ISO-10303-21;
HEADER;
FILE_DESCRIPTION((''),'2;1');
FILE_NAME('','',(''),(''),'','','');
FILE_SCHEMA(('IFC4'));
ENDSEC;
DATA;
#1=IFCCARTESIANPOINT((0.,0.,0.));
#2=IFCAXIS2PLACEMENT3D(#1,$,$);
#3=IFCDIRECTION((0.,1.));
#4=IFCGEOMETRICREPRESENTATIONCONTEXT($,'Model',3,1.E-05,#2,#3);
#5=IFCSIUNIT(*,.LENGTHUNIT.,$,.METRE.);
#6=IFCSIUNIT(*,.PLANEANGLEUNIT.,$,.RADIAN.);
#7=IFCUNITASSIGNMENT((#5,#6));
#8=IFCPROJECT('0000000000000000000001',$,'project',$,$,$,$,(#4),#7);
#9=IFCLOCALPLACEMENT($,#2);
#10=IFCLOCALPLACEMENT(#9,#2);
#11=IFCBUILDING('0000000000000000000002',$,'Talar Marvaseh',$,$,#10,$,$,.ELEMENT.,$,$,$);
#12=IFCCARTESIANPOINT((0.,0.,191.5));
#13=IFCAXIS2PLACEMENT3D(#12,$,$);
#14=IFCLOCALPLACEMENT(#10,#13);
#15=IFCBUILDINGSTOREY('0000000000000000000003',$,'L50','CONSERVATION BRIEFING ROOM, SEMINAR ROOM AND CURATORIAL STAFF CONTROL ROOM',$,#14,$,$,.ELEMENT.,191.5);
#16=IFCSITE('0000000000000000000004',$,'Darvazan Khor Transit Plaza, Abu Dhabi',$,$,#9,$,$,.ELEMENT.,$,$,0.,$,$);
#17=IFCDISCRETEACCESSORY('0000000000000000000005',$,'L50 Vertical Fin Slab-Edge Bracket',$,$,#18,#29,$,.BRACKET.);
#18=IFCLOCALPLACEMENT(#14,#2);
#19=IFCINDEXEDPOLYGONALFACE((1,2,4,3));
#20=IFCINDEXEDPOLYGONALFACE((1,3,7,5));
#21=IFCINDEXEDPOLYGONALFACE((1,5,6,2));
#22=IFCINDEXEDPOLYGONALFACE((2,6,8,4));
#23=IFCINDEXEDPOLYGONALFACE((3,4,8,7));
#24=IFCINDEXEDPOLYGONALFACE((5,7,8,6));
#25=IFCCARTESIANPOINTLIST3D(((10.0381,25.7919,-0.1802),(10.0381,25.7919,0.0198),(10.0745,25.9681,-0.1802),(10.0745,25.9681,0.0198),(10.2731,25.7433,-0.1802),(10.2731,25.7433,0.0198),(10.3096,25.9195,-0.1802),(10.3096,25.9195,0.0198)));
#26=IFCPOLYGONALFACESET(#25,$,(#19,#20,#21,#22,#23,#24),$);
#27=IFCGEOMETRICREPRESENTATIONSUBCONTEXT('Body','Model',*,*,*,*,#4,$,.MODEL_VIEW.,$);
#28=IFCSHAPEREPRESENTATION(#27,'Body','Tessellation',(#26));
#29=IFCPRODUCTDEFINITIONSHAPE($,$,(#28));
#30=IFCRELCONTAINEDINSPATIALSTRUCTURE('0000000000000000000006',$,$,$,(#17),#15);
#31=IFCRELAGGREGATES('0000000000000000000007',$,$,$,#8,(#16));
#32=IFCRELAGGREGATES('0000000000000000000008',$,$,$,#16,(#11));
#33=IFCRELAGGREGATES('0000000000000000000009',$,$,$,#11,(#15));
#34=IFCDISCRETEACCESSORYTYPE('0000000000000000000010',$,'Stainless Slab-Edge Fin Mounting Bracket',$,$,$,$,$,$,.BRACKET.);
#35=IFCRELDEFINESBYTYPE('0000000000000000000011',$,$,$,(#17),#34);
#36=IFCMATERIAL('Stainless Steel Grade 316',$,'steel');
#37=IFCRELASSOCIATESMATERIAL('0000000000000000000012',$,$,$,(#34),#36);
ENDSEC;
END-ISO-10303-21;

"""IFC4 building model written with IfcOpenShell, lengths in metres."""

from ifc_helpers import new_model, si_unit, direction, frame, origin, origin_2d, place, context, subcontext, project, spatial, rectangle, extrude, source, transform, mapped, material, type_object, type_shapes, element, save


model = new_model("IFC4")

# Units and contexts
model_context = context("Model", 3, precision=1e-05, world=origin(), true_north=direction((0.0, 1.0)))
body_context = subcontext(model_context, "Body", "Model", "MODEL_VIEW")
ifc_project = project(units=[si_unit("LENGTHUNIT", "METRE"), si_unit("PLANEANGLEUNIT", "RADIAN")], contexts=[model_context])

# Site, building, storey
site_placement = place(None, origin())
site = spatial("IfcSite", under=ifc_project, at=site_placement, Name="Darvazan Khor Transit Plaza, Abu Dhabi", CompositionType="ELEMENT", RefElevation=0.0)
building_placement = place(site_placement, origin())
building = spatial("IfcBuilding", under=site, at=building_placement, Name="Talar Marvaseh", CompositionType="ELEMENT")
storey_placement = place(building_placement, frame((0.0, 0.0, 191.5)))
storey = spatial("IfcBuildingStorey", under=building, at=storey_placement, Name="L50", Description="CONSERVATION BRIEFING ROOM, SEMINAR ROOM AND CURATORIAL STAFF CONTROL ROOM", CompositionType="ELEMENT", Elevation=191.5)

# Discrete accessory
ifc_material_1 = material(Name="Stainless Steel Grade 316", Category="steel")
discrete_accessory_type = type_object("IfcDiscreteAccessoryType", Name="Stainless Slab-Edge Fin Mounting Bracket", PredefinedType="BRACKET", material=ifc_material_1)
shared_shape_1 = source(origin(), body_context, "Body", "SweptSolid", [
    extrude(rectangle(XDim=0.24, YDim=0.1799, at=origin_2d()), origin(), (0.0, 0.0, 1.0), 0.2),
])
type_shapes(discrete_accessory_type, [shared_shape_1])
for number, where, z_axis, x_axis, name in (
    (1, (10.1738, 25.8557, -0.1802), (0.0, 0.0, 1.0), (-0.979294, 0.202445, 0.0), "L50 Vertical Fin Slab-Edge Bracket"),
):
    element("IfcDiscreteAccessory", number, at=place(storey_placement, frame(where, z_axis=z_axis, x_axis=x_axis)), inside=storey, type_object=discrete_accessory_type, Name=name, PredefinedType="BRACKET", context=body_context, shape_type="MappedRepresentation", body=[
        mapped(shared_shape_1, transform((0.0, 0.0, 0.0), x_axis=(1.0, 0.0, 0.0), y_axis=(0.0, 1.0, 0.0), z_axis=(0.0, 0.0, 1.0), scale=1.0)),
    ])

save(model, "model.ifc")
